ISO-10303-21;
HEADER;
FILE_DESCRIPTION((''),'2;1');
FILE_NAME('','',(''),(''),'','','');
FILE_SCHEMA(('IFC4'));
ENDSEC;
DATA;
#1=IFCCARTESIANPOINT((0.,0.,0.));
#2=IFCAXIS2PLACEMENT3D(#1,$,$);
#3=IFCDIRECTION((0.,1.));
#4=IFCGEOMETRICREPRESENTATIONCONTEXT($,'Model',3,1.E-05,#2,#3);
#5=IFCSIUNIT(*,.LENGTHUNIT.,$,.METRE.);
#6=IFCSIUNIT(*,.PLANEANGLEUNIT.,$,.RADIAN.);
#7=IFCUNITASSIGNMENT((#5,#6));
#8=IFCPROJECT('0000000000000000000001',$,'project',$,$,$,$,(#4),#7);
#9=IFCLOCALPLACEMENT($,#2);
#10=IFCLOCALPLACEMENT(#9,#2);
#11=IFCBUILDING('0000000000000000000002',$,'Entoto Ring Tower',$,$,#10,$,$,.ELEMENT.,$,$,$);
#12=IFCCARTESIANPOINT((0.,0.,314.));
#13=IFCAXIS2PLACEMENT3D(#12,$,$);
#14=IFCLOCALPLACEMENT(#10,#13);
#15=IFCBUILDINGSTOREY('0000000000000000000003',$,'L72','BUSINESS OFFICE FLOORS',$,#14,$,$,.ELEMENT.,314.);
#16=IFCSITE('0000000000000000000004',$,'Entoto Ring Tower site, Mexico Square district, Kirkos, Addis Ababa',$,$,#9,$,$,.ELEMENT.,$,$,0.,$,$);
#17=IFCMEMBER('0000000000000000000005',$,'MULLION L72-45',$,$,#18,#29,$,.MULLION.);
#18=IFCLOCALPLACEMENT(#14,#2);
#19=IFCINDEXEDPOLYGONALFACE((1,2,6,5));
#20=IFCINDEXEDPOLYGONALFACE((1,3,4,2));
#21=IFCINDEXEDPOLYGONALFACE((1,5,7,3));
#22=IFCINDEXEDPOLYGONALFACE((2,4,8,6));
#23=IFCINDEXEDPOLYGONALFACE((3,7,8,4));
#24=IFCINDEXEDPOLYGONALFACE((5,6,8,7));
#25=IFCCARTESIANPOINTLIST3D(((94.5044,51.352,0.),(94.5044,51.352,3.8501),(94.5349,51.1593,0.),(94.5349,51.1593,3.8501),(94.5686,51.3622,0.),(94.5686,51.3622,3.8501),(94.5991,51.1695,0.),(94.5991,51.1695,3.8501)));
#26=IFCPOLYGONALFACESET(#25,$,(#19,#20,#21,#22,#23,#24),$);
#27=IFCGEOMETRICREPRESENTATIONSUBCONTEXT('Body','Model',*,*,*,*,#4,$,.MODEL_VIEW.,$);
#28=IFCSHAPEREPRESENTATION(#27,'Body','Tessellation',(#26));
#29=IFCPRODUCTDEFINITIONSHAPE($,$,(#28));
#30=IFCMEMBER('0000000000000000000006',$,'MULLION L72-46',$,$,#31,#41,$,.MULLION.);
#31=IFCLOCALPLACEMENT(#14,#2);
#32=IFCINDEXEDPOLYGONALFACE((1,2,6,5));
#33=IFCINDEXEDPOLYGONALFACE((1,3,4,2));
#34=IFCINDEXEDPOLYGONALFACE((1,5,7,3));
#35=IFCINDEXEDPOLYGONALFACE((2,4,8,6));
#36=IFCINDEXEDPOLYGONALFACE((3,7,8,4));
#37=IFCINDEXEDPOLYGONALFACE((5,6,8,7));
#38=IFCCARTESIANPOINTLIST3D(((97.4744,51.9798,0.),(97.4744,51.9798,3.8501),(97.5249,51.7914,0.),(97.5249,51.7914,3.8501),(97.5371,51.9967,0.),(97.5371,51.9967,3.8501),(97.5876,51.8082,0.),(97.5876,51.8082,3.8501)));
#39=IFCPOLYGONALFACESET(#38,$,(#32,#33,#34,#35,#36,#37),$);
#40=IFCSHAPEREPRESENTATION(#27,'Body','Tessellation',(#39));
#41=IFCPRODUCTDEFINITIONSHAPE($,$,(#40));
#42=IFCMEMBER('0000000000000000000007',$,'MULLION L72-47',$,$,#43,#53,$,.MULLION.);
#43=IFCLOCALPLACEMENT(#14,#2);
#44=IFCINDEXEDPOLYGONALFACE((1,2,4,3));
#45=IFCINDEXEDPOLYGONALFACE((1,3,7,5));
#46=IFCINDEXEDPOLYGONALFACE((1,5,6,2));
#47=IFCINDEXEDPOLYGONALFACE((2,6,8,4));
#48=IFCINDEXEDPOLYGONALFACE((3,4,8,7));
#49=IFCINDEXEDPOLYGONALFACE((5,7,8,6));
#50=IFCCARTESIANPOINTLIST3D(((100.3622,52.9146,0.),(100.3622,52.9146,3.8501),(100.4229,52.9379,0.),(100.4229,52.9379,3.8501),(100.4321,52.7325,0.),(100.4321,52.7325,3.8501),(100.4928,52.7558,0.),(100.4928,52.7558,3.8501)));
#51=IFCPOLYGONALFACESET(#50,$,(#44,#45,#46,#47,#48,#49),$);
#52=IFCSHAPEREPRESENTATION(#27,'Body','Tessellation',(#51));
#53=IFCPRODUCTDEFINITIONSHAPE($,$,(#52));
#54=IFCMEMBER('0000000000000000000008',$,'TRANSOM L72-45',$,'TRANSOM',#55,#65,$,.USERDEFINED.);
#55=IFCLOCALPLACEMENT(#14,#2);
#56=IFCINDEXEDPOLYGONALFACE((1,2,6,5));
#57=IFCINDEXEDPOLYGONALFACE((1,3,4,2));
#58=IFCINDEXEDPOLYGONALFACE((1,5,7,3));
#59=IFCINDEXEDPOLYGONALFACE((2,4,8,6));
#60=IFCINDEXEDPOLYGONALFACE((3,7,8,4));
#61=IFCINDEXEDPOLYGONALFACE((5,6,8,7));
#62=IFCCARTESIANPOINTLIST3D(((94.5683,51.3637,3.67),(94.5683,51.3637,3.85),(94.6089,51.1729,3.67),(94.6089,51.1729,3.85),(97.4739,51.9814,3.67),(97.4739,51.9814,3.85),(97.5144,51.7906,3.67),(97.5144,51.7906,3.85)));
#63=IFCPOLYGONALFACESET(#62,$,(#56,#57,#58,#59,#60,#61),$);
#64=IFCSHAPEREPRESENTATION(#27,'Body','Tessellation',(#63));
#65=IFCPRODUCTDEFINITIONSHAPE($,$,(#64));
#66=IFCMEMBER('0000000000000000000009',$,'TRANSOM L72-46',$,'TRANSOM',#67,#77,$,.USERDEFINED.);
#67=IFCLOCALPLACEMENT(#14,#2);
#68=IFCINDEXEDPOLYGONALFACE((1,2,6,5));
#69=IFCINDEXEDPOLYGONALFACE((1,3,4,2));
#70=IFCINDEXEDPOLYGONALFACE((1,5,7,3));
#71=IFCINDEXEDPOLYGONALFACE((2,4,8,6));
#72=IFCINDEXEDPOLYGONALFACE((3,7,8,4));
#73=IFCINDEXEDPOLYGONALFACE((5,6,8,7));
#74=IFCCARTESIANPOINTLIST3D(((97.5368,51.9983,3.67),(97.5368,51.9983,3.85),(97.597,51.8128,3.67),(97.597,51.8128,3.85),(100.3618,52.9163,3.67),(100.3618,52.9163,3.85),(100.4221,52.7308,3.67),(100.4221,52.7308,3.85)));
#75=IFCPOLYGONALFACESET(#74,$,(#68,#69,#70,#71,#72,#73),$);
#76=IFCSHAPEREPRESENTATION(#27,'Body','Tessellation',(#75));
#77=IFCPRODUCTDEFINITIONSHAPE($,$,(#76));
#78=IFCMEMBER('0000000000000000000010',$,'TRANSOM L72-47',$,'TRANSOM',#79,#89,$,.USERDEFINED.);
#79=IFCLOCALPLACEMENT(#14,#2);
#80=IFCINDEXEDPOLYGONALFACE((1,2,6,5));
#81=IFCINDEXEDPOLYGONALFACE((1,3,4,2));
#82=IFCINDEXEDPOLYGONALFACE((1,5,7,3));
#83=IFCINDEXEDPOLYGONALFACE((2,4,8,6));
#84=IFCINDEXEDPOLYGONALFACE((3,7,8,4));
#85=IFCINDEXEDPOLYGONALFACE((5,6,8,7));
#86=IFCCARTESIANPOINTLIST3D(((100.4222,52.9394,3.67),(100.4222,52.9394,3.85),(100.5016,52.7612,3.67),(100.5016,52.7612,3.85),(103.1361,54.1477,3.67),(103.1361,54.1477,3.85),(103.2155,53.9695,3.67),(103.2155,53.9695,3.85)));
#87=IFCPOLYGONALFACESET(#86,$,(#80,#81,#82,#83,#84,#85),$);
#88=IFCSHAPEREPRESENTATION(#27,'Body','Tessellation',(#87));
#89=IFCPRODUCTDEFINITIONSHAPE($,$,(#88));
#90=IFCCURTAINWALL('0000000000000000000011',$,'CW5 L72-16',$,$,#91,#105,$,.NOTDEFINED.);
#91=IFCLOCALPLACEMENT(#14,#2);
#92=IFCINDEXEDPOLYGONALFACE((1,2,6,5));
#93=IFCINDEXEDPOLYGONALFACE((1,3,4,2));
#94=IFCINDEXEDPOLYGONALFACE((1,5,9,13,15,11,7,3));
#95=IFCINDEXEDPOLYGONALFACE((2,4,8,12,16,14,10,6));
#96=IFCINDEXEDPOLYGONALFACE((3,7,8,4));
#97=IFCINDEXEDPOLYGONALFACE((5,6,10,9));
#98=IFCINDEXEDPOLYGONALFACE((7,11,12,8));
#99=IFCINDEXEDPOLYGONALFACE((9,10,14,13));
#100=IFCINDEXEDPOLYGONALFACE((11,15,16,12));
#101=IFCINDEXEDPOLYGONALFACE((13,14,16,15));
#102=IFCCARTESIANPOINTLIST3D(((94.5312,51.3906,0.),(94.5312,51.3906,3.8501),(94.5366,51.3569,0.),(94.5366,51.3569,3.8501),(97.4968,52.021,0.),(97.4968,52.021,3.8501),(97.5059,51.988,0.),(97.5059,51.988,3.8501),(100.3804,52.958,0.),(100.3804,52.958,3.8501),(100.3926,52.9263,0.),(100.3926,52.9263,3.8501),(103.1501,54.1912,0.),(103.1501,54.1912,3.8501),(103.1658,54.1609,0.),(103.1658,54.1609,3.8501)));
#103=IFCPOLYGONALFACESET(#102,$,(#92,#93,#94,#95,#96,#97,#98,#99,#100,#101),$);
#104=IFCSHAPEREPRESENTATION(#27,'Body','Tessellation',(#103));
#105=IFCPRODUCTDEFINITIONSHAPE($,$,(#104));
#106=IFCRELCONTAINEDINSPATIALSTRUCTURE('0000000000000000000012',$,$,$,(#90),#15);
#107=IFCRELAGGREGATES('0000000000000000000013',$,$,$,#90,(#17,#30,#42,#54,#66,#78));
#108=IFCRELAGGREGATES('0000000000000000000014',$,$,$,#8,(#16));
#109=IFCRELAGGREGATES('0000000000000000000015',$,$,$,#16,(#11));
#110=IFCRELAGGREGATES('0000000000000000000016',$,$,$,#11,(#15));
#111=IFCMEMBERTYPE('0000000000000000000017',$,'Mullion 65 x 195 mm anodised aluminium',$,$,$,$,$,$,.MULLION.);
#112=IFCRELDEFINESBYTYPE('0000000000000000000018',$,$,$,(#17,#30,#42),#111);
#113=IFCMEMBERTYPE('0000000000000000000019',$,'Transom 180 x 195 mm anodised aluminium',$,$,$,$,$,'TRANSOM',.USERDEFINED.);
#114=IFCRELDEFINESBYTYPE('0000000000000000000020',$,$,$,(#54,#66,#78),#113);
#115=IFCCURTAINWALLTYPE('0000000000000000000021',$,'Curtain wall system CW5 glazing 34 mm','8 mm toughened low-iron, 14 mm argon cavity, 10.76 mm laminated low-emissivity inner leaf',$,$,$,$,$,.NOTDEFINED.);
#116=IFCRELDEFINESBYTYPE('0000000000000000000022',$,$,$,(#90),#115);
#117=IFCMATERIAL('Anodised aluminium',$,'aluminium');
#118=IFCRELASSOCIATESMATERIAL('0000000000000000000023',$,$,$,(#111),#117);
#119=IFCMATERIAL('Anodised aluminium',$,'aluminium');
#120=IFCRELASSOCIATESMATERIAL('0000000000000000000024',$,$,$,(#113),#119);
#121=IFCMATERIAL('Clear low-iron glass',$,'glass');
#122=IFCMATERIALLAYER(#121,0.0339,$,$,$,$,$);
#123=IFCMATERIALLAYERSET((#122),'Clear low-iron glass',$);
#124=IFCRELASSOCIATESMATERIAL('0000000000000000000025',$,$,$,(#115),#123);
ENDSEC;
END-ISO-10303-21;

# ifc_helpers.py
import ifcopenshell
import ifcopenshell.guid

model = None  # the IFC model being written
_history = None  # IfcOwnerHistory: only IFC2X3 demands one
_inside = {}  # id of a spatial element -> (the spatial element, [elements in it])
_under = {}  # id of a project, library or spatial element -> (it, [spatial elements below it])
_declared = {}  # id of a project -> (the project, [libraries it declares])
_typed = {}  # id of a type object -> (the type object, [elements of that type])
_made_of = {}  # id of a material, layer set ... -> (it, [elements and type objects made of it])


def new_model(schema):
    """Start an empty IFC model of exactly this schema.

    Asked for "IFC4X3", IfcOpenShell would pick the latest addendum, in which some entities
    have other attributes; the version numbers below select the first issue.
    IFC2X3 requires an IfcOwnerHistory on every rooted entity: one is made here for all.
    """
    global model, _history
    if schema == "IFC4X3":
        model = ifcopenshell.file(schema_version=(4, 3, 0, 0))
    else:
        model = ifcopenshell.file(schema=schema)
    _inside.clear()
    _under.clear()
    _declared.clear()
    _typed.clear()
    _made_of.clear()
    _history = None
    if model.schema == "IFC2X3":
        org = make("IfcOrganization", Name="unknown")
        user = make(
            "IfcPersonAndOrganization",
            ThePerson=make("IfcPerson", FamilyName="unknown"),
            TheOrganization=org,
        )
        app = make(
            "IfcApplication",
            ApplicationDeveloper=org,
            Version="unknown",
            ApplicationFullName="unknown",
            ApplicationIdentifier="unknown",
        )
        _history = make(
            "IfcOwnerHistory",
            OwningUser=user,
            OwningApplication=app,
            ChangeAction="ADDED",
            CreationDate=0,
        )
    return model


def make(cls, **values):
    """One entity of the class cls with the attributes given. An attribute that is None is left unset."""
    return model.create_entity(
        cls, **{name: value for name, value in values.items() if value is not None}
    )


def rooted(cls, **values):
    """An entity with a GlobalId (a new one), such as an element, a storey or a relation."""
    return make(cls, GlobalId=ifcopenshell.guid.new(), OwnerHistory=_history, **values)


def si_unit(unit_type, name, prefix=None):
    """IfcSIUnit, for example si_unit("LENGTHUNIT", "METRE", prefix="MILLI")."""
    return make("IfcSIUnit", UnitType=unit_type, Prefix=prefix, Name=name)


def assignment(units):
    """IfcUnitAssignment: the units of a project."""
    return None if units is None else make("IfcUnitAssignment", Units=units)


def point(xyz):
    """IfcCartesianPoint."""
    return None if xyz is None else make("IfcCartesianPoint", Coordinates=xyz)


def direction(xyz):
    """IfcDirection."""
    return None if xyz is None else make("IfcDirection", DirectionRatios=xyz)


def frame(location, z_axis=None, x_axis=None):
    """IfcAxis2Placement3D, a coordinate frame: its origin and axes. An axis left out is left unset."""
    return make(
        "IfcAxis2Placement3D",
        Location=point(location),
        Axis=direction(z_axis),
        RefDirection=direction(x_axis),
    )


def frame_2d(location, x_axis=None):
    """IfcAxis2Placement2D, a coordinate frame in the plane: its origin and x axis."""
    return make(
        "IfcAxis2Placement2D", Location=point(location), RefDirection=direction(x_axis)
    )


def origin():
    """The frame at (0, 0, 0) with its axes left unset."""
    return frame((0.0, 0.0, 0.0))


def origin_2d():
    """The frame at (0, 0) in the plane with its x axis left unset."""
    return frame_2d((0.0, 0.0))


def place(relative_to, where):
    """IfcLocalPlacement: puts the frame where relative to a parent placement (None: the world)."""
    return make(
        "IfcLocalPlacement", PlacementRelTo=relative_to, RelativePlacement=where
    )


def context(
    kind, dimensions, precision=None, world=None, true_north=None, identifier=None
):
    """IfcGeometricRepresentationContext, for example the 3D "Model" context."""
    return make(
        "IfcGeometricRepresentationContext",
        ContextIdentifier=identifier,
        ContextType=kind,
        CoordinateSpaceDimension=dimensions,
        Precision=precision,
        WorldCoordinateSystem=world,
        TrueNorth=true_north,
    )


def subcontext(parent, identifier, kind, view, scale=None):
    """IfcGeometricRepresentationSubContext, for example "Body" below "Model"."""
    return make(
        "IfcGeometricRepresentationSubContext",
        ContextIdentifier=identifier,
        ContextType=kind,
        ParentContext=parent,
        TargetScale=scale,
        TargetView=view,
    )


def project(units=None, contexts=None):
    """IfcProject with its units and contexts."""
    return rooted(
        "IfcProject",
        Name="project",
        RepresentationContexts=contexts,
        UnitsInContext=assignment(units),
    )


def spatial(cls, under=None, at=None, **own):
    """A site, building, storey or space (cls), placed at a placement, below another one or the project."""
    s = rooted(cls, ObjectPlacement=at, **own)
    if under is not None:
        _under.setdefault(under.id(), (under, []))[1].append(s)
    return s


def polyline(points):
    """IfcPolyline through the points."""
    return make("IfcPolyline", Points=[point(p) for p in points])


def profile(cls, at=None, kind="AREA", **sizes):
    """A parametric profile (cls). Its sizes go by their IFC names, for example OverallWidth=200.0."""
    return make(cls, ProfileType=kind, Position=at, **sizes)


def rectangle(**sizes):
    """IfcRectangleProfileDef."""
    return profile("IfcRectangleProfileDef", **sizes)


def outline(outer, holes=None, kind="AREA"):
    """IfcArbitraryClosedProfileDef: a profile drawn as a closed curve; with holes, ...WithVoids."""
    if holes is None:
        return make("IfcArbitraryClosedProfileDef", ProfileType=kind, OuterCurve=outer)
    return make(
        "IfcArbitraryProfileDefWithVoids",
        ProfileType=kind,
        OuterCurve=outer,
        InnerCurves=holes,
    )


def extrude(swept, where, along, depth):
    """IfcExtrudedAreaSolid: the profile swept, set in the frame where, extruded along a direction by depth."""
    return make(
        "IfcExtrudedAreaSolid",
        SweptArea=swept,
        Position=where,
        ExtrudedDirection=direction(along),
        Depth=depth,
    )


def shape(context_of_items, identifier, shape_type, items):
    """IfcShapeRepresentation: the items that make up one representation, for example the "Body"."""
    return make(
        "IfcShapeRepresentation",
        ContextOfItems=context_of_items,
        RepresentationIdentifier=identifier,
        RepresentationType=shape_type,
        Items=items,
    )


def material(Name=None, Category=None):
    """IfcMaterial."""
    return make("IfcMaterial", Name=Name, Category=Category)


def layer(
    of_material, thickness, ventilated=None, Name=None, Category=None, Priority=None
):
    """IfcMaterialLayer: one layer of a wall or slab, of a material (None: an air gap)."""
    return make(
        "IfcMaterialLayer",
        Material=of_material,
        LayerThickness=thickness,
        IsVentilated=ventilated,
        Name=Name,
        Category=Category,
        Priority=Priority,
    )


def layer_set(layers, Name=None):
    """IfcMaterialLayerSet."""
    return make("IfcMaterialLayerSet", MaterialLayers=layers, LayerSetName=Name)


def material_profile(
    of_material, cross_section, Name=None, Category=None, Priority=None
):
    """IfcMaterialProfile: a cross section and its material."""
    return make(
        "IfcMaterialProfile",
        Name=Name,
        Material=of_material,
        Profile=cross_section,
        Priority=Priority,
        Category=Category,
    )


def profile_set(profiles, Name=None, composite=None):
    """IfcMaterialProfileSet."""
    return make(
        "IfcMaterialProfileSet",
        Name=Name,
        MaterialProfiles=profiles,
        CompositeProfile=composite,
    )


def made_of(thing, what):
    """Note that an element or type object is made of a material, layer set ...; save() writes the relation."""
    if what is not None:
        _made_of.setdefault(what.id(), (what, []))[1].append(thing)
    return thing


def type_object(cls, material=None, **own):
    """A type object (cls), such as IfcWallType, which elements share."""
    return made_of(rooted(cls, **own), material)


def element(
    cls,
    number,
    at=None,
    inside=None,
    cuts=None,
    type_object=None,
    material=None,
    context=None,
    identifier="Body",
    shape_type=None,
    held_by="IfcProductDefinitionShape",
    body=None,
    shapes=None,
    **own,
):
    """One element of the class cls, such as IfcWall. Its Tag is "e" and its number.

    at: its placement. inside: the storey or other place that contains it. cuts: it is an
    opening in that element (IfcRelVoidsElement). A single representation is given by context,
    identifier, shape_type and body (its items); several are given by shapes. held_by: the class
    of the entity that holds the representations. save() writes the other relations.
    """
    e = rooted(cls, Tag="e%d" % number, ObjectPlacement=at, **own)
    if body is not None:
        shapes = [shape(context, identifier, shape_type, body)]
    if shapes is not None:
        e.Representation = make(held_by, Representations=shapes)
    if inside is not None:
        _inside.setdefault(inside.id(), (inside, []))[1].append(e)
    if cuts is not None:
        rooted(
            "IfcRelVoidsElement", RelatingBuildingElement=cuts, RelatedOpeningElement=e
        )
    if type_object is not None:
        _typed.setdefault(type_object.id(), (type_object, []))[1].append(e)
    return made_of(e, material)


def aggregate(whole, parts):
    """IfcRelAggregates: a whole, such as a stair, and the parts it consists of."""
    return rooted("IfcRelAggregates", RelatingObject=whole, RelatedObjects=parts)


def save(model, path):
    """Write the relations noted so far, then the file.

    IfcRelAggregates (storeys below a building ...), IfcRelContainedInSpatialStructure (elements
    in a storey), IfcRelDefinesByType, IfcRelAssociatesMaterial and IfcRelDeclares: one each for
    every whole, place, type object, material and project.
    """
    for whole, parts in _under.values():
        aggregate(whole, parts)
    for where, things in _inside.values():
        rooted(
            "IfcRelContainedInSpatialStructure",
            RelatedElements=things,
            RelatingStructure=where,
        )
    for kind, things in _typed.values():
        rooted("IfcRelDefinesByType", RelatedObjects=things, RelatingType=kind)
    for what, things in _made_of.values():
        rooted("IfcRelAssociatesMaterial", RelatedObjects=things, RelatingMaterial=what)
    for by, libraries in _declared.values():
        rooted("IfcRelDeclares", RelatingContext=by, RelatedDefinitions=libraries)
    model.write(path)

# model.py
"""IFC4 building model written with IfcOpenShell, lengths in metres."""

from ifc_helpers import new_model, si_unit, direction, frame, origin, origin_2d, place, context, subcontext, project, spatial, polyline, rectangle, outline, extrude, material, layer, layer_set, material_profile, profile_set, type_object, element, aggregate, save


model = new_model("IFC4")

# Units and contexts
model_context = context("Model", 3, precision=1e-05, world=origin(), true_north=direction((0.0, 1.0)))
body_context = subcontext(model_context, "Body", "Model", "MODEL_VIEW")
ifc_project = project(units=[si_unit("LENGTHUNIT", "METRE"), si_unit("PLANEANGLEUNIT", "RADIAN")], contexts=[model_context])

# Members
ifc_material_1 = material(Name="Anodised aluminium", Category="aluminium")
ifc_material_profile_1 = material_profile(ifc_material_1, rectangle(XDim=0.0649, YDim=0.1951, at=origin_2d()), Name="Mullion 65 x 195 mm anodised aluminium")
ifc_profile_set_1 = profile_set([ifc_material_profile_1], Name="Anodised aluminium")
member_type_1 = type_object("IfcMemberType", Name="Mullion 65 x 195 mm anodised aluminium", PredefinedType="MULLION", material=ifc_profile_set_1)
site_placement = place(None, origin())
building_placement = place(site_placement, origin())
storey_placement = place(building_placement, frame((0.0, 0.0, 314.0)))
member_1_placement = place(storey_placement, frame((94.5518, 51.2607, 0.0), z_axis=(0.0, 0.0, 1.0), x_axis=(0.987688, 0.156434, 0.0)))
member_1 = element("IfcMember", 1, at=member_1_placement, type_object=member_type_1, Name="MULLION L72-45", PredefinedType="MULLION", context=body_context, shape_type="SweptSolid", body=[
    extrude(rectangle(XDim=0.0649, YDim=0.1951, at=origin_2d()), origin(), (0.0, 0.0, 1.0), 3.8501),
])
member_2_placement = place(storey_placement, frame((97.531, 51.894, 0.0), z_axis=(0.0, 0.0, 1.0), x_axis=(0.965926, 0.258819, 0.0)))
member_2 = element("IfcMember", 2, at=member_2_placement, type_object=member_type_1, Name="MULLION L72-46", PredefinedType="MULLION", context=body_context, shape_type="SweptSolid", body=[
    extrude(rectangle(XDim=0.0649, YDim=0.1951, at=origin_2d()), origin(), (0.0, 0.0, 1.0), 3.8501),
])
member_3_placement = place(storey_placement, frame((100.4275, 52.8352, 0.0), z_axis=(0.0, 0.0, 1.0), x_axis=(0.93358, 0.358368, 0.0)))
member_3 = element("IfcMember", 3, at=member_3_placement, type_object=member_type_1, Name="MULLION L72-47", PredefinedType="MULLION", context=body_context, shape_type="SweptSolid", body=[
    extrude(rectangle(XDim=0.0649, YDim=0.1951, at=origin_2d()), origin(), (0.0, 0.0, 1.0), 3.8501),
])
ifc_material_2 = material(Name="Anodised aluminium", Category="aluminium")
ifc_material_profile_2 = material_profile(ifc_material_2, rectangle(XDim=0.1951, YDim=0.1799, at=origin_2d()), Name="Transom 180 x 195 mm anodised aluminium")
ifc_profile_set_2 = profile_set([ifc_material_profile_2], Name="Anodised aluminium")
member_type_2 = type_object("IfcMemberType", Name="Transom 180 x 195 mm anodised aluminium", ElementType="TRANSOM", PredefinedType="USERDEFINED", material=ifc_profile_set_2)
member_4_placement = place(storey_placement, frame((94.5886, 51.2683, 3.76), z_axis=(0.978142, 0.20794, 0.0), x_axis=(-0.20794, 0.978142, 0.0)))
member_4 = element("IfcMember", 4, at=member_4_placement, type_object=member_type_2, Name="TRANSOM L72-45", ObjectType="TRANSOM", PredefinedType="USERDEFINED", context=body_context, shape_type="SweptSolid", body=[
    extrude(rectangle(XDim=0.1951, YDim=0.1799, at=origin_2d()), origin(), (0.0, 0.0, 1.0), 2.9705),
])
member_5_placement = place(storey_placement, frame((97.5669, 51.9055, 3.76), z_axis=(0.951048, 0.309043, 0.0), x_axis=(-0.309043, 0.951048, 0.0)))
member_5 = element("IfcMember", 5, at=member_5_placement, type_object=member_type_2, Name="TRANSOM L72-46", ObjectType="TRANSOM", PredefinedType="USERDEFINED", context=body_context, shape_type="SweptSolid", body=[
    extrude(rectangle(XDim=0.1951, YDim=0.1799, at=origin_2d()), origin(), (0.0, 0.0, 1.0), 2.9705),
])
member_6_placement = place(storey_placement, frame((100.4619, 52.8503, 3.76), z_axis=(0.91355, 0.406726, 0.0), x_axis=(-0.406726, 0.91355, 0.0)))
member_6 = element("IfcMember", 6, at=member_6_placement, type_object=member_type_2, Name="TRANSOM L72-47", ObjectType="TRANSOM", PredefinedType="USERDEFINED", context=body_context, shape_type="SweptSolid", body=[
    extrude(rectangle(XDim=0.1951, YDim=0.1799, at=origin_2d()), origin(), (0.0, 0.0, 1.0), 2.9707),
])

# Site, building, storey
site = spatial("IfcSite", under=ifc_project, at=site_placement, Name="Entoto Ring Tower site, Mexico Square district, Kirkos, Addis Ababa", CompositionType="ELEMENT", RefElevation=0.0)
building = spatial("IfcBuilding", under=site, at=building_placement, Name="Entoto Ring Tower", CompositionType="ELEMENT")
storey = spatial("IfcBuildingStorey", under=building, at=storey_placement, Name="L72", Description="BUSINESS OFFICE FLOORS", CompositionType="ELEMENT", Elevation=314.0)

# Curtain wall
ifc_material_3 = material(Name="Clear low-iron glass", Category="glass")
ifc_layer_1 = layer(ifc_material_3, 0.0339)
ifc_layer_set_1 = layer_set([ifc_layer_1], Name="Clear low-iron glass")
curtain_wall_type = type_object("IfcCurtainWallType", Name="Curtain wall system CW5 glazing 34 mm", Description="8 mm toughened low-iron, 14 mm argon cavity, 10.76 mm laminated low-emissivity inner leaf", PredefinedType="NOTDEFINED", material=ifc_layer_set_1)
curtain_wall_1_placement = place(storey_placement, origin())
curtain_wall_1 = element("IfcCurtainWall", 7, at=curtain_wall_1_placement, inside=storey, type_object=curtain_wall_type, Name="CW5 L72-16", PredefinedType="NOTDEFINED", context=body_context, shape_type="SweptSolid", body=[
    extrude(outline(polyline([(94.5366, 51.3569), (97.5059, 51.988), (100.3926, 52.9263), (103.1658, 54.1609), (103.1501, 54.1912), (100.3804, 52.958), (97.4968, 52.021), (94.5312, 51.3906), (94.5366, 51.3569)])), origin(), (0.0, 0.0, 1.0), 3.8501),
])
aggregate(curtain_wall_1, [member_1, member_2, member_3, member_4, member_5, member_6])

save(model, "model.ifc")
